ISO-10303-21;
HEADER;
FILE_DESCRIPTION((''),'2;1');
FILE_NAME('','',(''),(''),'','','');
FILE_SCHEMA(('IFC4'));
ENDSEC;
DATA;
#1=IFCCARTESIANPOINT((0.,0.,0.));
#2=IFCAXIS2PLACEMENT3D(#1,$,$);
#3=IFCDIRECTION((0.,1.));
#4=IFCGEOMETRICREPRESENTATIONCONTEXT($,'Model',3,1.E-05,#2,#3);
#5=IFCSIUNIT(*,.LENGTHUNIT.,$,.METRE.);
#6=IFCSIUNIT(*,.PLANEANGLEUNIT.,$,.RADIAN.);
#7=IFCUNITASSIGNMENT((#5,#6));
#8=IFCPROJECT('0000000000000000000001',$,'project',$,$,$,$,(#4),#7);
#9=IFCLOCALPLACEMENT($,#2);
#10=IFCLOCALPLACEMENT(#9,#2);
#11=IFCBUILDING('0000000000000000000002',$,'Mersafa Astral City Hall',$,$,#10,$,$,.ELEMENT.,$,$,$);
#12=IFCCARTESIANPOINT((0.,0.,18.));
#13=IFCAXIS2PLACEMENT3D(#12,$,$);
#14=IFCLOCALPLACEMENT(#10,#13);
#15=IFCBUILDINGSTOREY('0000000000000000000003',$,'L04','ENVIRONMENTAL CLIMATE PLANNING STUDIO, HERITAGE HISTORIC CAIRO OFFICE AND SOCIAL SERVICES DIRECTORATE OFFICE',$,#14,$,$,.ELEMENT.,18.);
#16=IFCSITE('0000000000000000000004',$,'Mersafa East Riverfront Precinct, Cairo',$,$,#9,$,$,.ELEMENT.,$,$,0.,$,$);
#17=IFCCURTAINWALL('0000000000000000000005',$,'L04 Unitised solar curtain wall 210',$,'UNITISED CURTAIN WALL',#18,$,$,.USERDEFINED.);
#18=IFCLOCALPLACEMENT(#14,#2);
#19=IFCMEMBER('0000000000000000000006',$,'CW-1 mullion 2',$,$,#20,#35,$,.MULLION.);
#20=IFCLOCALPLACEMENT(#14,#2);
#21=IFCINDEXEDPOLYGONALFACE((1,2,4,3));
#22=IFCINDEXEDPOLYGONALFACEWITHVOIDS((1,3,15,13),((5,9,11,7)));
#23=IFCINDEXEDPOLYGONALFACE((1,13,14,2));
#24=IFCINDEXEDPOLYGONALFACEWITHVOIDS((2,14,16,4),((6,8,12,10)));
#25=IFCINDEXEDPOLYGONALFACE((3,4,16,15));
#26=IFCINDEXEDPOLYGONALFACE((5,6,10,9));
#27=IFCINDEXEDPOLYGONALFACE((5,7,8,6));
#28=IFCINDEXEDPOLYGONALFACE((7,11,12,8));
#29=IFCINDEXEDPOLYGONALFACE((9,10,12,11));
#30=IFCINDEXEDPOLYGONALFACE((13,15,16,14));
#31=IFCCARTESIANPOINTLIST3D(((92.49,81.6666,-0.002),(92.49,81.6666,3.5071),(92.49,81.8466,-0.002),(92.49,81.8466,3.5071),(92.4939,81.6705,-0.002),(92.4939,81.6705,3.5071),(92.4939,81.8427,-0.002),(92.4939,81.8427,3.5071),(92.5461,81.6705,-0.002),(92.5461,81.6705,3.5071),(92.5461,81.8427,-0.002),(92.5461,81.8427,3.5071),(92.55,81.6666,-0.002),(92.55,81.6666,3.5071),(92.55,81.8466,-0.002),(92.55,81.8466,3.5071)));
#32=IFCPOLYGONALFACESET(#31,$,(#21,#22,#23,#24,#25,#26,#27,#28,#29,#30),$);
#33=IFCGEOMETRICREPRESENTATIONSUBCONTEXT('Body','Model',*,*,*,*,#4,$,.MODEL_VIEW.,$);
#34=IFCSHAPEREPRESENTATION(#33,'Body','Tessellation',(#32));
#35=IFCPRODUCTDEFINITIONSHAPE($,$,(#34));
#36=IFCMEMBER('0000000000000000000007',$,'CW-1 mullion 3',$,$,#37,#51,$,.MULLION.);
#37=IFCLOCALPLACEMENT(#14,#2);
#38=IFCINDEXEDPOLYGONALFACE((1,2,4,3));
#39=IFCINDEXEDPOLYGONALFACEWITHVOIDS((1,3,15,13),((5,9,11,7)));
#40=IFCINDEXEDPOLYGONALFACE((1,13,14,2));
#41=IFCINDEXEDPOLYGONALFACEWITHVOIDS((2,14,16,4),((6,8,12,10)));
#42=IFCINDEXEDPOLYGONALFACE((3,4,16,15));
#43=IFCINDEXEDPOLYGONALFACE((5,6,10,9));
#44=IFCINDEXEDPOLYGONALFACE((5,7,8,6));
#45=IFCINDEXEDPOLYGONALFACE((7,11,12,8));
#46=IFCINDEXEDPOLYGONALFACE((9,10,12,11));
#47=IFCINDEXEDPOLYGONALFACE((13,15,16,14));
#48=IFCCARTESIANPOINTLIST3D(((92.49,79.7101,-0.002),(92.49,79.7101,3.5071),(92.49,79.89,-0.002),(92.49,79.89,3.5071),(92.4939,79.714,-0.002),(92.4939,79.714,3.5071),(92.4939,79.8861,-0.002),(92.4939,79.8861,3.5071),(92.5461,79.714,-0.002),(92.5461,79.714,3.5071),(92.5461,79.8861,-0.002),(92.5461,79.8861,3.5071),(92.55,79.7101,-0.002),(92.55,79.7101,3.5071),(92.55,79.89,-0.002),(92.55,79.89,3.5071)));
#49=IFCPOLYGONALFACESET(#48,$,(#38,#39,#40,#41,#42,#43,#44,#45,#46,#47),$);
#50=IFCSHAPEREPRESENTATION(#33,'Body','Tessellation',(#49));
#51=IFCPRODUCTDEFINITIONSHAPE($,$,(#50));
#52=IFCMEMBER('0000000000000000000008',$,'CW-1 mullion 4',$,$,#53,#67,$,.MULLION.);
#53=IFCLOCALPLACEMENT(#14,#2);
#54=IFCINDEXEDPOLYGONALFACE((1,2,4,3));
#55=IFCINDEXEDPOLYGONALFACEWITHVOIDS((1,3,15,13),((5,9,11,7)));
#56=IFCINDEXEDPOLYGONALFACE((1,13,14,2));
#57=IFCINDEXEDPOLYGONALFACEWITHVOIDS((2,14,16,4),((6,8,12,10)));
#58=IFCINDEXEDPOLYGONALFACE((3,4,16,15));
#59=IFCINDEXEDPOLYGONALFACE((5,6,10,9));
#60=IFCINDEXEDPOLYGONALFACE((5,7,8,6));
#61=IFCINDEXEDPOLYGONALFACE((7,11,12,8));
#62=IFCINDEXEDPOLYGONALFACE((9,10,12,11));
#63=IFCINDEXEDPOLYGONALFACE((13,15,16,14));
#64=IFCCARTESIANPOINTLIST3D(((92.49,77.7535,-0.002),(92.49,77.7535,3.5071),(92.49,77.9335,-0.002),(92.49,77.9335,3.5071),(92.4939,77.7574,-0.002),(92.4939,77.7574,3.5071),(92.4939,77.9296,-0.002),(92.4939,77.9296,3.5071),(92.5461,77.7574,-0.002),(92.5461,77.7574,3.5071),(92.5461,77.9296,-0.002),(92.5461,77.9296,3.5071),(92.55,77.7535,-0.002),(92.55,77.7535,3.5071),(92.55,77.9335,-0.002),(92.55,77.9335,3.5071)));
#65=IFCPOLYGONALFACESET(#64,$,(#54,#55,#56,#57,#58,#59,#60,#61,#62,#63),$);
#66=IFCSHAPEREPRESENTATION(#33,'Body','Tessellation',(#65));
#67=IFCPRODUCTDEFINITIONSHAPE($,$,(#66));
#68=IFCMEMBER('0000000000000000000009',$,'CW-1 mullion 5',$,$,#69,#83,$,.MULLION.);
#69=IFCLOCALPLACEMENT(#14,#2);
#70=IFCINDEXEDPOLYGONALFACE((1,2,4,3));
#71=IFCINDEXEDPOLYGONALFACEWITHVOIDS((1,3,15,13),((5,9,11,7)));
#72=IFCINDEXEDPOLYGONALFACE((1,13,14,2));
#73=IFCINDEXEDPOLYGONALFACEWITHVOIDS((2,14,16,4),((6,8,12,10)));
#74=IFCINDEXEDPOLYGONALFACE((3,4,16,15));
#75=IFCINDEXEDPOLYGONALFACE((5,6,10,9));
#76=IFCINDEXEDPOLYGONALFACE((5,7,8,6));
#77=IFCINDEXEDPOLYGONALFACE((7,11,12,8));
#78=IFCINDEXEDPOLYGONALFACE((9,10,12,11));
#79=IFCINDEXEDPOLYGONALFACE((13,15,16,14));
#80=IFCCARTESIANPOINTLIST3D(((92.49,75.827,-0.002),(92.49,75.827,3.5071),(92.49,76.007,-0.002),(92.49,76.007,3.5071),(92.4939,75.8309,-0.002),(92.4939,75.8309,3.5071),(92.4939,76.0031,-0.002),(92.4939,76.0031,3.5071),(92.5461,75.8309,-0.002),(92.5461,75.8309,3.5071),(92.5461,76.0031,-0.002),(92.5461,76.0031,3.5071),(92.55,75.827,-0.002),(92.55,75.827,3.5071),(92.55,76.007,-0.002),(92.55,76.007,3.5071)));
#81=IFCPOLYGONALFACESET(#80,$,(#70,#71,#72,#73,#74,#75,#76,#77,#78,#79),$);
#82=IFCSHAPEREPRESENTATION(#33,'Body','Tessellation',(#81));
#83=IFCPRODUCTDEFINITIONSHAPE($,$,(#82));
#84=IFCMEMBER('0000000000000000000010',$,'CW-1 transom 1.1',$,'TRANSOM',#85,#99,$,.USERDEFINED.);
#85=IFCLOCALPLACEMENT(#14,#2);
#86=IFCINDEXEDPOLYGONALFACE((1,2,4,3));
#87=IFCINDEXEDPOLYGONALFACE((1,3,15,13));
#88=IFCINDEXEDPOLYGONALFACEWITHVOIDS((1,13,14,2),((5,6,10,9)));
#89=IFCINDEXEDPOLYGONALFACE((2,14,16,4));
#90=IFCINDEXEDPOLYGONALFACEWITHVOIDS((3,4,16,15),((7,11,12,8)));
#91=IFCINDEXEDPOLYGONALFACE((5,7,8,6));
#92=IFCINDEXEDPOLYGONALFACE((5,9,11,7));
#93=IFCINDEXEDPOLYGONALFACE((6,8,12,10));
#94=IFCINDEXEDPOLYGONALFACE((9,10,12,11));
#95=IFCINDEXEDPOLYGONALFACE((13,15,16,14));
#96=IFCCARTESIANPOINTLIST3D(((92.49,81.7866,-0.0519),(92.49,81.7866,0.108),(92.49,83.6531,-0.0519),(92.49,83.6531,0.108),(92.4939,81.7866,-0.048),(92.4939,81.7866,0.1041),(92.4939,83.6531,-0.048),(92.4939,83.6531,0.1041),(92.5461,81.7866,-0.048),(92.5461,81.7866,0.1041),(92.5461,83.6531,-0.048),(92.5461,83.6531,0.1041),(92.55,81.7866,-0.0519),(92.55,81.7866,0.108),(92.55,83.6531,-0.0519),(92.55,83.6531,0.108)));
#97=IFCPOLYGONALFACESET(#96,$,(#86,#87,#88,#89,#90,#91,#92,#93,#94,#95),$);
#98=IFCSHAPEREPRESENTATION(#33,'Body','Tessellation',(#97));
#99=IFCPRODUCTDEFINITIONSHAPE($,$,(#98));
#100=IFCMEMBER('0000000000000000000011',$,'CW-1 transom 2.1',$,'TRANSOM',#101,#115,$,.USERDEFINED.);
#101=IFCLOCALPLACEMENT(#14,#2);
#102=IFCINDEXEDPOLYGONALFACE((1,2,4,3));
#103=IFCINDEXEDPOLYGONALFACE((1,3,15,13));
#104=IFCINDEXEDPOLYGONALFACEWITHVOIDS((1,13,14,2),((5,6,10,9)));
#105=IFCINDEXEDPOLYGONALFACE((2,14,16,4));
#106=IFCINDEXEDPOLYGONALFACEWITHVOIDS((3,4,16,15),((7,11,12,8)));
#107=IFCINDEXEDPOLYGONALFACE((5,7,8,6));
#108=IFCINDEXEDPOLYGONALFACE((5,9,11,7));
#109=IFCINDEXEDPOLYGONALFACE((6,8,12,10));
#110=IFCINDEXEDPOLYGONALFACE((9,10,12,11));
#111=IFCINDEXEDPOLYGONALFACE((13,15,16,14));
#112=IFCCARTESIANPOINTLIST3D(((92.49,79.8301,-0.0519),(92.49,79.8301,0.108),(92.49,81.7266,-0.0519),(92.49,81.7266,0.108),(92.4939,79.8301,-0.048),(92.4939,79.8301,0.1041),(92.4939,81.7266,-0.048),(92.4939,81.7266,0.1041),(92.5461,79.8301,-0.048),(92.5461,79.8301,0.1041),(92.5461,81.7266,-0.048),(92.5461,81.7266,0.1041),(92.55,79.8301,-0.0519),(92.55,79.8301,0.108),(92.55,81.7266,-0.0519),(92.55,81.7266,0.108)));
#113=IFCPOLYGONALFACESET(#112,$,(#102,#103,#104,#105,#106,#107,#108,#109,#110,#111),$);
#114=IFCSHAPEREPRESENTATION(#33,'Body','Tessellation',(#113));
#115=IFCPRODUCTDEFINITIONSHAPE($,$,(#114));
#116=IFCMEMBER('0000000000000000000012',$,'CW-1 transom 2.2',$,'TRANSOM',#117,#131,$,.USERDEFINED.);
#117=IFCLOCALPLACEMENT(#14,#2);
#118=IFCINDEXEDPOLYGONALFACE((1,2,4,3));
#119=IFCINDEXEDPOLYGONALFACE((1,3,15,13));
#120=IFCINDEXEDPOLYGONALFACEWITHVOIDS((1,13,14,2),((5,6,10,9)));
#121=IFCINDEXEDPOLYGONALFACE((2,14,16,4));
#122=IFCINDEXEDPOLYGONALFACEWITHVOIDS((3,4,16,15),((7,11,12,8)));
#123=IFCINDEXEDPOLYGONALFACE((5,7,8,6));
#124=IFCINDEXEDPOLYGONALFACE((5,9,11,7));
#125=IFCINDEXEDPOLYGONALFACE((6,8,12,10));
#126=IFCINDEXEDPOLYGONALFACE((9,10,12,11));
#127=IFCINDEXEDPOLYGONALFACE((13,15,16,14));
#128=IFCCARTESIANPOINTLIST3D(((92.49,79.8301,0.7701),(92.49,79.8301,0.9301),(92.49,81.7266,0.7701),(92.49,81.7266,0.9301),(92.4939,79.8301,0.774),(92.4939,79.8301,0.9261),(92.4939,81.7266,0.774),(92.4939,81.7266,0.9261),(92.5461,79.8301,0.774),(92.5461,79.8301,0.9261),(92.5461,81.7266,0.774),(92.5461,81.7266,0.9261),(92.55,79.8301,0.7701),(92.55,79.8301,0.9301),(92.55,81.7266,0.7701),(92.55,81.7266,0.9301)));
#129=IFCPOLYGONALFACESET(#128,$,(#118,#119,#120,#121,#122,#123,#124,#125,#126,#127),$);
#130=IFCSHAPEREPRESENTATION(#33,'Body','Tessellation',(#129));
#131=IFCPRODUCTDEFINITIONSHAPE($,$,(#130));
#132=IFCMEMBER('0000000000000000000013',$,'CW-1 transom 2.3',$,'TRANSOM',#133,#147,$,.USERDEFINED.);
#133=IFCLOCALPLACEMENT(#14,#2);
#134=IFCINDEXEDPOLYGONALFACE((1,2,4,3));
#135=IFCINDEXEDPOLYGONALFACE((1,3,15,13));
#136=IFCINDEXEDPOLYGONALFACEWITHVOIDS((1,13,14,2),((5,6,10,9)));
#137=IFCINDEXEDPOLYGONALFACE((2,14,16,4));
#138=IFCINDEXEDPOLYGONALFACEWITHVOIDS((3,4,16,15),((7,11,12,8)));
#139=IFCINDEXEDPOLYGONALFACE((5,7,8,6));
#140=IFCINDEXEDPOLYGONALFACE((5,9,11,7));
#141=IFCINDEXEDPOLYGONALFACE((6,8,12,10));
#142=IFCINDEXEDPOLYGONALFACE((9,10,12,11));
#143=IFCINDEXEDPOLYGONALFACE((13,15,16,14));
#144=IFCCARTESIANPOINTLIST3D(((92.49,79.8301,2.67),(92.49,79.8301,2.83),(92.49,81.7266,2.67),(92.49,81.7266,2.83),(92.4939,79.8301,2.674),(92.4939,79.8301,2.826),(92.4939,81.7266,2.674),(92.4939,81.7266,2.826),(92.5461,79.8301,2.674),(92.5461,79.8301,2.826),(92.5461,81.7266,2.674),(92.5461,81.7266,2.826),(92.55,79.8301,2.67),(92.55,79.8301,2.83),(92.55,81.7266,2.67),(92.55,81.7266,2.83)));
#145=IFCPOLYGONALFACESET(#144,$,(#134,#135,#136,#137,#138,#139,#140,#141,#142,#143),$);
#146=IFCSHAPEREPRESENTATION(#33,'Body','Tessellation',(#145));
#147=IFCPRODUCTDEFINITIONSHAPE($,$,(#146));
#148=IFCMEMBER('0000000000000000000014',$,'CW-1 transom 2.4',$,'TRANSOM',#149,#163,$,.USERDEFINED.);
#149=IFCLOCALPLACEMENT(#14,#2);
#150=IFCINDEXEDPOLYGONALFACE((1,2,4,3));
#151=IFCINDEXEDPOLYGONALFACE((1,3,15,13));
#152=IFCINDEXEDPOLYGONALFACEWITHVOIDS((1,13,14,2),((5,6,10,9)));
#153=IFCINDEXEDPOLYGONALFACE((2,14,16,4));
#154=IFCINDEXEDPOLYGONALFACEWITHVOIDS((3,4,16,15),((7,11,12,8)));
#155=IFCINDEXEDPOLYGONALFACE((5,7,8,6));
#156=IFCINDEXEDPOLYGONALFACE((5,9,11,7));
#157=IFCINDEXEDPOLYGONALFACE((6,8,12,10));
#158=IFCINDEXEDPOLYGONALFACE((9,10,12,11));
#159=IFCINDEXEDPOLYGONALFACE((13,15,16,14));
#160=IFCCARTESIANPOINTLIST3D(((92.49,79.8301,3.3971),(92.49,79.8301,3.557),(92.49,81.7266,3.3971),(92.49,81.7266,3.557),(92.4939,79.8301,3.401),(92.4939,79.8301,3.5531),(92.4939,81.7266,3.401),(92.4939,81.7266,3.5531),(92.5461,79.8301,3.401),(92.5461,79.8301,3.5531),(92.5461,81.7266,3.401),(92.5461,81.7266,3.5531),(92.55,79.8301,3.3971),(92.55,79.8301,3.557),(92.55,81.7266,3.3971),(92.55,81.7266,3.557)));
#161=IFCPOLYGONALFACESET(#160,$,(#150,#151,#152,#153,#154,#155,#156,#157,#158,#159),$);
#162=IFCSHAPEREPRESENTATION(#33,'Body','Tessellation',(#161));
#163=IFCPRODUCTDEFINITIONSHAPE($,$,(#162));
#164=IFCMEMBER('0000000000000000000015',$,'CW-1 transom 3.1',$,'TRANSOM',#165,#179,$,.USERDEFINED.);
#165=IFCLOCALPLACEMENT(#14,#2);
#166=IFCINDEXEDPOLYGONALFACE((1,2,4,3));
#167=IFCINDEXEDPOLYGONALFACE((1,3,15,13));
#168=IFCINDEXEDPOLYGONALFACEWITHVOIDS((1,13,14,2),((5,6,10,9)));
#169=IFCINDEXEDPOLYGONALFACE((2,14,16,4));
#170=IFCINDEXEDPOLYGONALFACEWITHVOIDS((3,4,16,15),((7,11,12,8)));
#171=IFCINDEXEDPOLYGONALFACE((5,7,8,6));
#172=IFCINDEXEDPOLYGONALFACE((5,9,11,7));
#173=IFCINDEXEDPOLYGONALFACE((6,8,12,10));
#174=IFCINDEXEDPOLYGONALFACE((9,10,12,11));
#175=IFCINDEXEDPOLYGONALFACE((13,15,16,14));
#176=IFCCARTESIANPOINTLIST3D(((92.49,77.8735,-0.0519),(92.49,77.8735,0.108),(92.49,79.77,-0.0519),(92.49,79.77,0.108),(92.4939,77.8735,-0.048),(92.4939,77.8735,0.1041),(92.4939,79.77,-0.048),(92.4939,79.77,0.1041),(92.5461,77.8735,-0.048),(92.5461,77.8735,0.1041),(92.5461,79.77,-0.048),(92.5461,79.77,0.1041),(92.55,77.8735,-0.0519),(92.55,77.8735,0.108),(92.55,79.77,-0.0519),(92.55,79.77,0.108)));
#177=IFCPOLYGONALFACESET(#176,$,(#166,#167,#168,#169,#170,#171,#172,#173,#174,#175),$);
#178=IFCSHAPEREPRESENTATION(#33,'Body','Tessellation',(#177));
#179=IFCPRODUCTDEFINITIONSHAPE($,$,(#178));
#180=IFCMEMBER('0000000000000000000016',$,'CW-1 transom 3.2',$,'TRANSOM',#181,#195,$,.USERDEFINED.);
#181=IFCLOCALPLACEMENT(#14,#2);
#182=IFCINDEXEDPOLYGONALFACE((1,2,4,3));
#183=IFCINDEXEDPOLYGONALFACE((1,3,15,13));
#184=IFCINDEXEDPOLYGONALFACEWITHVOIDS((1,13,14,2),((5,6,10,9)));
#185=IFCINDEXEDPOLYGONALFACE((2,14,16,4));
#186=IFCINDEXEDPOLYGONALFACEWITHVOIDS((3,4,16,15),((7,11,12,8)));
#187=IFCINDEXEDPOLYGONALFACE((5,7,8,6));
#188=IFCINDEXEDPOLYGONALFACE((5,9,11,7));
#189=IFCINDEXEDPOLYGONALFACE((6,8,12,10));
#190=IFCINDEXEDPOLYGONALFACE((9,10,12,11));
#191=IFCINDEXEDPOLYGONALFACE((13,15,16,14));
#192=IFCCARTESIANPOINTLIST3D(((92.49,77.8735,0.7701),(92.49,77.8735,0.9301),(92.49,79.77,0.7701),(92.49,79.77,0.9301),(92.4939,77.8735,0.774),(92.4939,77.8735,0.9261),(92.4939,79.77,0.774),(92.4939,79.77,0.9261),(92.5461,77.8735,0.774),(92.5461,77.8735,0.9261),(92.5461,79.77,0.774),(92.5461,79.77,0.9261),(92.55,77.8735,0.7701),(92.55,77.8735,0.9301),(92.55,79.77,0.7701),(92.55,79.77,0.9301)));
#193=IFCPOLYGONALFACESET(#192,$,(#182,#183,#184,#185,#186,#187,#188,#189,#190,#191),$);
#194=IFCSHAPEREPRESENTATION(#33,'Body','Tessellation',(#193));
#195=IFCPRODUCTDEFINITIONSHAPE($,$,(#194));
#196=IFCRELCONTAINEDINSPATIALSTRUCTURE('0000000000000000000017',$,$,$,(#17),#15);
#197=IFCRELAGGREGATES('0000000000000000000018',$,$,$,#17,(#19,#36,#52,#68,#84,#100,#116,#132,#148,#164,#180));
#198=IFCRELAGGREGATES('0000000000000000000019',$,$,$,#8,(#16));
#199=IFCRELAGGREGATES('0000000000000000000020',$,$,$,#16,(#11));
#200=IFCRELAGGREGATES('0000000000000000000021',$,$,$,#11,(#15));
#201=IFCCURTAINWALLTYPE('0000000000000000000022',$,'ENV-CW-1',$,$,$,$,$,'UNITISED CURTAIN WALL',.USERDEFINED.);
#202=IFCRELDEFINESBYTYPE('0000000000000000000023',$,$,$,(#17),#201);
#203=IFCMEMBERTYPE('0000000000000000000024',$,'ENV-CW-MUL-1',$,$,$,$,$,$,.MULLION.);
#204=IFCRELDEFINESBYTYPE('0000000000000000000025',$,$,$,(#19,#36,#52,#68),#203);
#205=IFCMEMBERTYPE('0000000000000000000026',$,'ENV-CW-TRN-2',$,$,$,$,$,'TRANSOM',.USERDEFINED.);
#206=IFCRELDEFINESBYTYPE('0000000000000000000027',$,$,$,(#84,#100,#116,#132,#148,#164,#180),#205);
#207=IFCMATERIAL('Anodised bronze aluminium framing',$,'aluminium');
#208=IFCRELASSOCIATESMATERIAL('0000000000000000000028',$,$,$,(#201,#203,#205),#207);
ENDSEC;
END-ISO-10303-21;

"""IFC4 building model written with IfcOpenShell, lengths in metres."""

from ifc_helpers import new_model, si_unit, direction, frame, origin, origin_2d, place, context, subcontext, project, spatial, hollow_rectangle, extrude, material, material_profile, profile_set, type_object, element, aggregate, save


model = new_model("IFC4")

# Units and contexts
model_context = context("Model", 3, precision=1e-05, world=origin(), true_north=direction((0.0, 1.0)))
body_context = subcontext(model_context, "Body", "Model", "MODEL_VIEW")
ifc_project = project(units=[si_unit("LENGTHUNIT", "METRE"), si_unit("PLANEANGLEUNIT", "RADIAN")], contexts=[model_context])

# Site, building, storey
site_placement = place(None, origin())
site = spatial("IfcSite", under=ifc_project, at=site_placement, Name="Mersafa East Riverfront Precinct, Cairo", CompositionType="ELEMENT", RefElevation=0.0)
building_placement = place(site_placement, origin())
building = spatial("IfcBuilding", under=site, at=building_placement, Name="Mersafa Astral City Hall", CompositionType="ELEMENT")
storey_placement = place(building_placement, frame((0.0, 0.0, 18.0)))
storey = spatial("IfcBuildingStorey", under=building, at=storey_placement, Name="L04", Description="ENVIRONMENTAL CLIMATE PLANNING STUDIO, HERITAGE HISTORIC CAIRO OFFICE AND SOCIAL SERVICES DIRECTORATE OFFICE", CompositionType="ELEMENT", Elevation=18.0)

# Curtain wall, members
ifc_material_1 = material(Name="Anodised bronze aluminium framing", Category="aluminium")
curtain_wall_type = type_object("IfcCurtainWallType", Name="ENV-CW-1", ElementType="UNITISED CURTAIN WALL", PredefinedType="USERDEFINED", material=ifc_material_1)
curtain_wall_placement = place(storey_placement, origin())
curtain_wall = element("IfcCurtainWall", 1, at=curtain_wall_placement, inside=storey, type_object=curtain_wall_type, Name="L04 Unitised solar curtain wall 210", ObjectType="UNITISED CURTAIN WALL", PredefinedType="USERDEFINED")
ifc_material_profile_1 = material_profile(ifc_material_1, hollow_rectangle(XDim=0.0601, YDim=0.1799, WallThickness=0.0039, at=origin_2d()), Name="RHS 60x180x4")
ifc_profile_set_1 = profile_set([ifc_material_profile_1], Name="Anodised bronze aluminium framing")
member_type_1 = type_object("IfcMemberType", Name="ENV-CW-MUL-1", PredefinedType="MULLION", material=ifc_profile_set_1)
member_1_placement = place(storey_placement, frame((92.52, 81.7566, -0.002), z_axis=(0.0, 0.0, 1.0), x_axis=(1.0, 0.0, 0.0)))
member_1 = element("IfcMember", 2, at=member_1_placement, type_object=member_type_1, Name="CW-1 mullion 2", PredefinedType="MULLION", context=body_context, shape_type="SweptSolid", body=[
    extrude(hollow_rectangle(XDim=0.0601, YDim=0.1799, WallThickness=0.0039, at=origin_2d()), origin(), (0.0, 0.0, 1.0), 3.509),
])
member_2_placement = place(storey_placement, frame((92.52, 79.8, -0.002), z_axis=(0.0, 0.0, 1.0), x_axis=(1.0, 0.0, 0.0)))
member_2 = element("IfcMember", 3, at=member_2_placement, type_object=member_type_1, Name="CW-1 mullion 3", PredefinedType="MULLION", context=body_context, shape_type="SweptSolid", body=[
    extrude(hollow_rectangle(XDim=0.0601, YDim=0.1799, WallThickness=0.0039, at=origin_2d()), origin(), (0.0, 0.0, 1.0), 3.509),
])
member_3_placement = place(storey_placement, frame((92.52, 77.8435, -0.002), z_axis=(0.0, 0.0, 1.0), x_axis=(1.0, 0.0, 0.0)))
member_3 = element("IfcMember", 4, at=member_3_placement, type_object=member_type_1, Name="CW-1 mullion 4", PredefinedType="MULLION", context=body_context, shape_type="SweptSolid", body=[
    extrude(hollow_rectangle(XDim=0.0601, YDim=0.1799, WallThickness=0.0039, at=origin_2d()), origin(), (0.0, 0.0, 1.0), 3.509),
])
member_4_placement = place(storey_placement, frame((92.52, 75.917, -0.002), z_axis=(0.0, 0.0, 1.0), x_axis=(1.0, 0.0, 0.0)))
member_4 = element("IfcMember", 5, at=member_4_placement, type_object=member_type_1, Name="CW-1 mullion 5", PredefinedType="MULLION", context=body_context, shape_type="SweptSolid", body=[
    extrude(hollow_rectangle(XDim=0.0601, YDim=0.1799, WallThickness=0.0039, at=origin_2d()), origin(), (0.0, 0.0, 1.0), 3.509),
])
ifc_material_profile_2 = material_profile(ifc_material_1, hollow_rectangle(XDim=0.0601, YDim=0.1599, WallThickness=0.0039, at=origin_2d()), Name="RHS 60x160x4")
ifc_profile_set_2 = profile_set([ifc_material_profile_2], Name="Anodised bronze aluminium framing")
member_type_2 = type_object("IfcMemberType", Name="ENV-CW-TRN-2", ElementType="TRANSOM", PredefinedType="USERDEFINED", material=ifc_profile_set_2)
member_5_placement = place(storey_placement, frame((92.52, 83.6531, 0.0281), z_axis=(0.0, -1.0, 0.0), x_axis=(1.0, 0.0, 0.0)))
member_5 = element("IfcMember", 6, at=member_5_placement, type_object=member_type_2, Name="CW-1 transom 1.1", ObjectType="TRANSOM", PredefinedType="USERDEFINED", context=body_context, shape_type="SweptSolid", body=[
    extrude(hollow_rectangle(XDim=0.0601, YDim=0.1599, WallThickness=0.0039, at=origin_2d()), origin(), (0.0, 0.0, 1.0), 1.8665),
])
member_6_placement = place(storey_placement, frame((92.52, 81.7266, 0.0281), z_axis=(0.0, -1.0, 0.0), x_axis=(1.0, 0.0, 0.0)))
member_6 = element("IfcMember", 7, at=member_6_placement, type_object=member_type_2, Name="CW-1 transom 2.1", ObjectType="TRANSOM", PredefinedType="USERDEFINED", context=body_context, shape_type="SweptSolid", body=[
    extrude(hollow_rectangle(XDim=0.0601, YDim=0.1599, WallThickness=0.0039, at=origin_2d()), origin(), (0.0, 0.0, 1.0), 1.8965),
])
member_7_placement = place(storey_placement, frame((92.52, 81.7266, 0.8501), z_axis=(0.0, -1.0, 0.0), x_axis=(1.0, 0.0, 0.0)))
member_7 = element("IfcMember", 8, at=member_7_placement, type_object=member_type_2, Name="CW-1 transom 2.2", ObjectType="TRANSOM", PredefinedType="USERDEFINED", context=body_context, shape_type="SweptSolid", body=[
    extrude(hollow_rectangle(XDim=0.0601, YDim=0.1599, WallThickness=0.0039, at=origin_2d()), origin(), (0.0, 0.0, 1.0), 1.8965),
])
member_8_placement = place(storey_placement, frame((92.52, 81.7266, 2.75), z_axis=(0.0, -1.0, 0.0), x_axis=(1.0, 0.0, 0.0)))
member_8 = element("IfcMember", 9, at=member_8_placement, type_object=member_type_2, Name="CW-1 transom 2.3", ObjectType="TRANSOM", PredefinedType="USERDEFINED", context=body_context, shape_type="SweptSolid", body=[
    extrude(hollow_rectangle(XDim=0.0601, YDim=0.1599, WallThickness=0.0039, at=origin_2d()), origin(), (0.0, 0.0, 1.0), 1.8965),
])
member_9_placement = place(storey_placement, frame((92.52, 81.7266, 3.4771), z_axis=(0.0, -1.0, 0.0), x_axis=(1.0, 0.0, 0.0)))
member_9 = element("IfcMember", 10, at=member_9_placement, type_object=member_type_2, Name="CW-1 transom 2.4", ObjectType="TRANSOM", PredefinedType="USERDEFINED", context=body_context, shape_type="SweptSolid", body=[
    extrude(hollow_rectangle(XDim=0.0601, YDim=0.1599, WallThickness=0.0039, at=origin_2d()), origin(), (0.0, 0.0, 1.0), 1.8965),
])
member_10_placement = place(storey_placement, frame((92.52, 79.77, 0.0281), z_axis=(0.0, -1.0, 0.0), x_axis=(1.0, 0.0, 0.0)))
member_10 = element("IfcMember", 11, at=member_10_placement, type_object=member_type_2, Name="CW-1 transom 3.1", ObjectType="TRANSOM", PredefinedType="USERDEFINED", context=body_context, shape_type="SweptSolid", body=[
    extrude(hollow_rectangle(XDim=0.0601, YDim=0.1599, WallThickness=0.0039, at=origin_2d()), origin(), (0.0, 0.0, 1.0), 1.8965),
])
member_11_placement = place(storey_placement, frame((92.52, 79.77, 0.8501), z_axis=(0.0, -1.0, 0.0), x_axis=(1.0, 0.0, 0.0)))
member_11 = element("IfcMember", 12, at=member_11_placement, type_object=member_type_2, Name="CW-1 transom 3.2", ObjectType="TRANSOM", PredefinedType="USERDEFINED", context=body_context, shape_type="SweptSolid", body=[
    extrude(hollow_rectangle(XDim=0.0601, YDim=0.1599, WallThickness=0.0039, at=origin_2d()), origin(), (0.0, 0.0, 1.0), 1.8965),
])
aggregate(curtain_wall, [member_1, member_2, member_3, member_4, member_5, member_6, member_7, member_8, member_9, member_10, member_11])

save(model, "model.ifc")
